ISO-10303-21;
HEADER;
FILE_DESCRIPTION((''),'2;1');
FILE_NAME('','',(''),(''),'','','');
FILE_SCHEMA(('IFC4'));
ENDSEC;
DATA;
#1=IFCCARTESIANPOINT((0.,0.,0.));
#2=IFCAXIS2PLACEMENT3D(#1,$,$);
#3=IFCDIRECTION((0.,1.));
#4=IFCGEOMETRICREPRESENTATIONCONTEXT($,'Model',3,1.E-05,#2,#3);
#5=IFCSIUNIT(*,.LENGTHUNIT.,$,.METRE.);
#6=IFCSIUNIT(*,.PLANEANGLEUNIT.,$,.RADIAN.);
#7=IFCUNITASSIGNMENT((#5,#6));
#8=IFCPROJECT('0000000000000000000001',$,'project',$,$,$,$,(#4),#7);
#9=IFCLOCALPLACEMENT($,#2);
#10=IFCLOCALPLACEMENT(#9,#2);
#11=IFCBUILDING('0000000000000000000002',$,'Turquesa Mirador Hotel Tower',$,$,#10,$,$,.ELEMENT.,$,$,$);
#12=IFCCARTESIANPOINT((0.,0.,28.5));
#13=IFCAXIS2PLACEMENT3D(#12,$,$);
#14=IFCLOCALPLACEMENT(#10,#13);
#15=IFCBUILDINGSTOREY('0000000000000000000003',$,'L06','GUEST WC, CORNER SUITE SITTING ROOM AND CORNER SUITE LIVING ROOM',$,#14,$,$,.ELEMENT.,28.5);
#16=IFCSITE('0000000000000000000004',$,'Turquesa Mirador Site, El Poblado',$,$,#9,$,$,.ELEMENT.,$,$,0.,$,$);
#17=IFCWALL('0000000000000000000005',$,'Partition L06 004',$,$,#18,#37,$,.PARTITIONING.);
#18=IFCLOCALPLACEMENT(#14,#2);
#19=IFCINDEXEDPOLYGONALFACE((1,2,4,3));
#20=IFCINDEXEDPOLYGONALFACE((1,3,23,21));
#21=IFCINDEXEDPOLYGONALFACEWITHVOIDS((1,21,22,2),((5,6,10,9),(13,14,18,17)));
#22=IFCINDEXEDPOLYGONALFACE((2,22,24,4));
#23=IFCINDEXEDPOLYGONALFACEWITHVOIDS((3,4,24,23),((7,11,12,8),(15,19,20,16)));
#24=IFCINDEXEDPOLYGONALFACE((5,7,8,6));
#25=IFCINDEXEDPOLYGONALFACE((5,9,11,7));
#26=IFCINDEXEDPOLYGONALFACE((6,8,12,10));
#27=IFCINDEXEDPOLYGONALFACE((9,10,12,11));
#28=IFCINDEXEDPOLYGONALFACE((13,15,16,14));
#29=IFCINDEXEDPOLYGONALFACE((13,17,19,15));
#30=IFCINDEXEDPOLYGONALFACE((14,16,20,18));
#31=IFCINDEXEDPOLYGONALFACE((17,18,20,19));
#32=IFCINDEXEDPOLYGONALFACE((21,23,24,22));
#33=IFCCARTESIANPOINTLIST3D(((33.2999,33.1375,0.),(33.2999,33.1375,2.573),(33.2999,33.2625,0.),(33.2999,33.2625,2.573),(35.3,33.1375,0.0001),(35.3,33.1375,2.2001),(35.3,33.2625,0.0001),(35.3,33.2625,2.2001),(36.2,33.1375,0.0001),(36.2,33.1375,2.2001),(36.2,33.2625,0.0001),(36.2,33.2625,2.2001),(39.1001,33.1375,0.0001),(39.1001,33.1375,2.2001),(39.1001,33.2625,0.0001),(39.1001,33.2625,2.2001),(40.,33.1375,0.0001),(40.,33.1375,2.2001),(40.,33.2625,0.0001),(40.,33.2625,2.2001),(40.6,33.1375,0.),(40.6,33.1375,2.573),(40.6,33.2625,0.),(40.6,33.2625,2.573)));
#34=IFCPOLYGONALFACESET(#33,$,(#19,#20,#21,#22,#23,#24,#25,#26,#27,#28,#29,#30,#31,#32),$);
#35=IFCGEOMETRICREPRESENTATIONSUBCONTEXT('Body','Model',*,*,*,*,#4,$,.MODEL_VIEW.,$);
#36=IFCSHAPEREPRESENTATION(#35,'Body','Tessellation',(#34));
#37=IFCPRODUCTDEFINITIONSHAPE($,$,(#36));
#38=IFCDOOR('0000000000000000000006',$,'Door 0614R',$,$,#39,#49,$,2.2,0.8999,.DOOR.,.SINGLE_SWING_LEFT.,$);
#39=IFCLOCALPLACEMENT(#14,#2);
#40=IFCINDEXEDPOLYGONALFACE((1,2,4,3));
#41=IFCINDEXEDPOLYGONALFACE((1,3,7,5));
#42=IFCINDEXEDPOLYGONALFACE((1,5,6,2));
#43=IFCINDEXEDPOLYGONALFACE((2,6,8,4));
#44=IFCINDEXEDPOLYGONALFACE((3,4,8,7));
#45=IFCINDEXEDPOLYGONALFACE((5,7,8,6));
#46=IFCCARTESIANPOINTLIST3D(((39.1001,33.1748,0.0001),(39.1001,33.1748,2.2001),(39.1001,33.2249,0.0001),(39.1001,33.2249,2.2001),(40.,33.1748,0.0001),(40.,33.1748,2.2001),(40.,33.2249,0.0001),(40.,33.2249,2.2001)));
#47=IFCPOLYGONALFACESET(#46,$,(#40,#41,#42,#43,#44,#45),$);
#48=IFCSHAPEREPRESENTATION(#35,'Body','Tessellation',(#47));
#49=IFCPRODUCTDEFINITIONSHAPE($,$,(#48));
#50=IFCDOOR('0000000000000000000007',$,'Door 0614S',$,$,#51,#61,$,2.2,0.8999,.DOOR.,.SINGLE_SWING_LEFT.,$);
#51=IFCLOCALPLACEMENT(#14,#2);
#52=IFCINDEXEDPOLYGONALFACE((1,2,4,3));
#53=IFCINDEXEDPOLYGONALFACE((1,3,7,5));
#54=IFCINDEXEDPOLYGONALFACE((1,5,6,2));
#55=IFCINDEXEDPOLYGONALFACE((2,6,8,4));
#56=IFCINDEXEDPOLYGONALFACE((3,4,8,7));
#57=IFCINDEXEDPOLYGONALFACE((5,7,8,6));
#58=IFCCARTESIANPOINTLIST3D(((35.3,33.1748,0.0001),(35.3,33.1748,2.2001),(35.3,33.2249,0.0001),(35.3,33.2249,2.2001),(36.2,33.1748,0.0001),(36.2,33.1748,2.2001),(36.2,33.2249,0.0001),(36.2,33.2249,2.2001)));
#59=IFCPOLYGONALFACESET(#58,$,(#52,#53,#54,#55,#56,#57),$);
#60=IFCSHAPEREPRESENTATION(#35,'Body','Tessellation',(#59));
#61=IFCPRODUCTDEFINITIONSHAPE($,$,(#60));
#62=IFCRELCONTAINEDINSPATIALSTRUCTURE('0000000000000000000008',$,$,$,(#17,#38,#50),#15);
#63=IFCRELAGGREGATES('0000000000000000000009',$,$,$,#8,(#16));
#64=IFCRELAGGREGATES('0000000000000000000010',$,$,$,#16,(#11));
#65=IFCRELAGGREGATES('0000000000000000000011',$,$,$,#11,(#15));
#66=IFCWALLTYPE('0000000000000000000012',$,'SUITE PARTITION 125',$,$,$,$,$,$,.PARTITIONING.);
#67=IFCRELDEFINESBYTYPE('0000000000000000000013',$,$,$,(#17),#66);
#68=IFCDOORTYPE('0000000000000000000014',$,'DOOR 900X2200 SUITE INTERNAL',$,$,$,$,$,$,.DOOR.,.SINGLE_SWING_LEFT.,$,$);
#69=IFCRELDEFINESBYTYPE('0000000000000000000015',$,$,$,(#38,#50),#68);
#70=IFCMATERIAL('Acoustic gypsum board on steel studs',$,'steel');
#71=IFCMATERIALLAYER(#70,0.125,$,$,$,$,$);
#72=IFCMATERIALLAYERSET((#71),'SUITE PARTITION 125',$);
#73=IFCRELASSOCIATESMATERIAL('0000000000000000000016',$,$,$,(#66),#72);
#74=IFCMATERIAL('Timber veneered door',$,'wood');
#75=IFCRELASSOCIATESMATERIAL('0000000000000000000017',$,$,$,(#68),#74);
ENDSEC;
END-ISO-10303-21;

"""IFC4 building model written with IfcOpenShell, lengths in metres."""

from ifc_helpers import new_model, si_unit, direction, frame, frame_2d, origin, place, context, subcontext, project, spatial, rectangle, extrude, material, layer, layer_set, type_object, element, fill, save


model = new_model("IFC4")

# Units and contexts
model_context = context("Model", 3, precision=1e-05, world=origin(), true_north=direction((0.0, 1.0)))
body_context = subcontext(model_context, "Body", "Model", "MODEL_VIEW")
ifc_project = project(units=[si_unit("LENGTHUNIT", "METRE"), si_unit("PLANEANGLEUNIT", "RADIAN")], contexts=[model_context])

# Site, building, storey
site_placement = place(None, origin())
site = spatial("IfcSite", under=ifc_project, at=site_placement, Name="Turquesa Mirador Site, El Poblado", CompositionType="ELEMENT", RefElevation=0.0)
building_placement = place(site_placement, origin())
building = spatial("IfcBuilding", under=site, at=building_placement, Name="Turquesa Mirador Hotel Tower", CompositionType="ELEMENT")
storey_placement = place(building_placement, frame((0.0, 0.0, 28.5)))
storey = spatial("IfcBuildingStorey", under=building, at=storey_placement, Name="L06", Description="GUEST WC, CORNER SUITE SITTING ROOM AND CORNER SUITE LIVING ROOM", CompositionType="ELEMENT", Elevation=28.5)

# Wall, openings, doors
ifc_material_1 = material(Name="Acoustic gypsum board on steel studs", Category="steel")
ifc_layer_1 = layer(ifc_material_1, 0.125)
ifc_layer_set_1 = layer_set([ifc_layer_1], Name="SUITE PARTITION 125")
wall_type_1 = type_object("IfcWallType", Name="SUITE PARTITION 125", PredefinedType="PARTITIONING", material=ifc_layer_set_1)
wall_1_placement = place(storey_placement, frame((33.3, 33.2, 0.0), z_axis=(0.0, 0.0, 1.0), x_axis=(1.0, 0.0, 0.0)))
wall_1 = element("IfcWall", 1, at=wall_1_placement, inside=storey, type_object=wall_type_1, Name="Partition L06 004", PredefinedType="PARTITIONING", context=body_context, shape_type="SweptSolid", body=[
    extrude(rectangle(XDim=7.3, YDim=0.125, at=frame_2d((3.6499, 0.0))), origin(), (0.0, 0.0, 1.0), 2.573),
])
opening_1_placement = place(wall_1_placement, frame((5.8, 0.0, 0.0)))
opening_1 = element("IfcOpeningElement", 2, at=opening_1_placement, cuts=wall_1, PredefinedType="OPENING", context=body_context, shape_type="SweptSolid", body=[
    extrude(rectangle(XDim=0.8999, YDim=2.2, at=frame_2d((0.45, 1.1001))), frame((0.0, 0.0725, 0.0), z_axis=(0.0, -1.0, 0.0), x_axis=(1.0, 0.0, 0.0)), (0.0, 0.0, 1.0), 0.145),
])
opening_2_placement = place(wall_1_placement, frame((2.0, 0.0, 0.0)))
opening_2 = element("IfcOpeningElement", 3, at=opening_2_placement, cuts=wall_1, PredefinedType="OPENING", context=body_context, shape_type="SweptSolid", body=[
    extrude(rectangle(XDim=0.8999, YDim=2.2, at=frame_2d((0.45, 1.1001))), frame((0.0, 0.0725, 0.0), z_axis=(0.0, -1.0, 0.0), x_axis=(1.0, 0.0, 0.0)), (0.0, 0.0, 1.0), 0.145),
])
ifc_material_2 = material(Name="Timber veneered door", Category="wood")
door_type_1 = type_object("IfcDoorType", Name="DOOR 900X2200 SUITE INTERNAL", OperationType="SINGLE_SWING_LEFT", PredefinedType="DOOR", material=ifc_material_2)
door_1_placement = place(opening_1_placement, origin())
door_1 = element("IfcDoor", 4, at=door_1_placement, inside=storey, type_object=door_type_1, Name="Door 0614R", OperationType="SINGLE_SWING_LEFT", OverallHeight=2.2, OverallWidth=0.8999, PredefinedType="DOOR", context=body_context, shape_type="SweptSolid", body=[
    extrude(rectangle(XDim=0.8999, YDim=2.2, at=frame_2d((0.45, 1.1001))), frame((0.0, 0.0249, 0.0), z_axis=(0.0, -1.0, 0.0), x_axis=(1.0, 0.0, 0.0)), (0.0, 0.0, 1.0), 0.05),
])
fill(opening_1, door_1)
door_2_placement = place(opening_2_placement, origin())
door_2 = element("IfcDoor", 5, at=door_2_placement, inside=storey, type_object=door_type_1, Name="Door 0614S", OperationType="SINGLE_SWING_LEFT", OverallHeight=2.2, OverallWidth=0.8999, PredefinedType="DOOR", context=body_context, shape_type="SweptSolid", body=[
    extrude(rectangle(XDim=0.8999, YDim=2.2, at=frame_2d((0.45, 1.1001))), frame((0.0, 0.0249, 0.0), z_axis=(0.0, -1.0, 0.0), x_axis=(1.0, 0.0, 0.0)), (0.0, 0.0, 1.0), 0.05),
])
fill(opening_2, door_2)

save(model, "model.ifc")
